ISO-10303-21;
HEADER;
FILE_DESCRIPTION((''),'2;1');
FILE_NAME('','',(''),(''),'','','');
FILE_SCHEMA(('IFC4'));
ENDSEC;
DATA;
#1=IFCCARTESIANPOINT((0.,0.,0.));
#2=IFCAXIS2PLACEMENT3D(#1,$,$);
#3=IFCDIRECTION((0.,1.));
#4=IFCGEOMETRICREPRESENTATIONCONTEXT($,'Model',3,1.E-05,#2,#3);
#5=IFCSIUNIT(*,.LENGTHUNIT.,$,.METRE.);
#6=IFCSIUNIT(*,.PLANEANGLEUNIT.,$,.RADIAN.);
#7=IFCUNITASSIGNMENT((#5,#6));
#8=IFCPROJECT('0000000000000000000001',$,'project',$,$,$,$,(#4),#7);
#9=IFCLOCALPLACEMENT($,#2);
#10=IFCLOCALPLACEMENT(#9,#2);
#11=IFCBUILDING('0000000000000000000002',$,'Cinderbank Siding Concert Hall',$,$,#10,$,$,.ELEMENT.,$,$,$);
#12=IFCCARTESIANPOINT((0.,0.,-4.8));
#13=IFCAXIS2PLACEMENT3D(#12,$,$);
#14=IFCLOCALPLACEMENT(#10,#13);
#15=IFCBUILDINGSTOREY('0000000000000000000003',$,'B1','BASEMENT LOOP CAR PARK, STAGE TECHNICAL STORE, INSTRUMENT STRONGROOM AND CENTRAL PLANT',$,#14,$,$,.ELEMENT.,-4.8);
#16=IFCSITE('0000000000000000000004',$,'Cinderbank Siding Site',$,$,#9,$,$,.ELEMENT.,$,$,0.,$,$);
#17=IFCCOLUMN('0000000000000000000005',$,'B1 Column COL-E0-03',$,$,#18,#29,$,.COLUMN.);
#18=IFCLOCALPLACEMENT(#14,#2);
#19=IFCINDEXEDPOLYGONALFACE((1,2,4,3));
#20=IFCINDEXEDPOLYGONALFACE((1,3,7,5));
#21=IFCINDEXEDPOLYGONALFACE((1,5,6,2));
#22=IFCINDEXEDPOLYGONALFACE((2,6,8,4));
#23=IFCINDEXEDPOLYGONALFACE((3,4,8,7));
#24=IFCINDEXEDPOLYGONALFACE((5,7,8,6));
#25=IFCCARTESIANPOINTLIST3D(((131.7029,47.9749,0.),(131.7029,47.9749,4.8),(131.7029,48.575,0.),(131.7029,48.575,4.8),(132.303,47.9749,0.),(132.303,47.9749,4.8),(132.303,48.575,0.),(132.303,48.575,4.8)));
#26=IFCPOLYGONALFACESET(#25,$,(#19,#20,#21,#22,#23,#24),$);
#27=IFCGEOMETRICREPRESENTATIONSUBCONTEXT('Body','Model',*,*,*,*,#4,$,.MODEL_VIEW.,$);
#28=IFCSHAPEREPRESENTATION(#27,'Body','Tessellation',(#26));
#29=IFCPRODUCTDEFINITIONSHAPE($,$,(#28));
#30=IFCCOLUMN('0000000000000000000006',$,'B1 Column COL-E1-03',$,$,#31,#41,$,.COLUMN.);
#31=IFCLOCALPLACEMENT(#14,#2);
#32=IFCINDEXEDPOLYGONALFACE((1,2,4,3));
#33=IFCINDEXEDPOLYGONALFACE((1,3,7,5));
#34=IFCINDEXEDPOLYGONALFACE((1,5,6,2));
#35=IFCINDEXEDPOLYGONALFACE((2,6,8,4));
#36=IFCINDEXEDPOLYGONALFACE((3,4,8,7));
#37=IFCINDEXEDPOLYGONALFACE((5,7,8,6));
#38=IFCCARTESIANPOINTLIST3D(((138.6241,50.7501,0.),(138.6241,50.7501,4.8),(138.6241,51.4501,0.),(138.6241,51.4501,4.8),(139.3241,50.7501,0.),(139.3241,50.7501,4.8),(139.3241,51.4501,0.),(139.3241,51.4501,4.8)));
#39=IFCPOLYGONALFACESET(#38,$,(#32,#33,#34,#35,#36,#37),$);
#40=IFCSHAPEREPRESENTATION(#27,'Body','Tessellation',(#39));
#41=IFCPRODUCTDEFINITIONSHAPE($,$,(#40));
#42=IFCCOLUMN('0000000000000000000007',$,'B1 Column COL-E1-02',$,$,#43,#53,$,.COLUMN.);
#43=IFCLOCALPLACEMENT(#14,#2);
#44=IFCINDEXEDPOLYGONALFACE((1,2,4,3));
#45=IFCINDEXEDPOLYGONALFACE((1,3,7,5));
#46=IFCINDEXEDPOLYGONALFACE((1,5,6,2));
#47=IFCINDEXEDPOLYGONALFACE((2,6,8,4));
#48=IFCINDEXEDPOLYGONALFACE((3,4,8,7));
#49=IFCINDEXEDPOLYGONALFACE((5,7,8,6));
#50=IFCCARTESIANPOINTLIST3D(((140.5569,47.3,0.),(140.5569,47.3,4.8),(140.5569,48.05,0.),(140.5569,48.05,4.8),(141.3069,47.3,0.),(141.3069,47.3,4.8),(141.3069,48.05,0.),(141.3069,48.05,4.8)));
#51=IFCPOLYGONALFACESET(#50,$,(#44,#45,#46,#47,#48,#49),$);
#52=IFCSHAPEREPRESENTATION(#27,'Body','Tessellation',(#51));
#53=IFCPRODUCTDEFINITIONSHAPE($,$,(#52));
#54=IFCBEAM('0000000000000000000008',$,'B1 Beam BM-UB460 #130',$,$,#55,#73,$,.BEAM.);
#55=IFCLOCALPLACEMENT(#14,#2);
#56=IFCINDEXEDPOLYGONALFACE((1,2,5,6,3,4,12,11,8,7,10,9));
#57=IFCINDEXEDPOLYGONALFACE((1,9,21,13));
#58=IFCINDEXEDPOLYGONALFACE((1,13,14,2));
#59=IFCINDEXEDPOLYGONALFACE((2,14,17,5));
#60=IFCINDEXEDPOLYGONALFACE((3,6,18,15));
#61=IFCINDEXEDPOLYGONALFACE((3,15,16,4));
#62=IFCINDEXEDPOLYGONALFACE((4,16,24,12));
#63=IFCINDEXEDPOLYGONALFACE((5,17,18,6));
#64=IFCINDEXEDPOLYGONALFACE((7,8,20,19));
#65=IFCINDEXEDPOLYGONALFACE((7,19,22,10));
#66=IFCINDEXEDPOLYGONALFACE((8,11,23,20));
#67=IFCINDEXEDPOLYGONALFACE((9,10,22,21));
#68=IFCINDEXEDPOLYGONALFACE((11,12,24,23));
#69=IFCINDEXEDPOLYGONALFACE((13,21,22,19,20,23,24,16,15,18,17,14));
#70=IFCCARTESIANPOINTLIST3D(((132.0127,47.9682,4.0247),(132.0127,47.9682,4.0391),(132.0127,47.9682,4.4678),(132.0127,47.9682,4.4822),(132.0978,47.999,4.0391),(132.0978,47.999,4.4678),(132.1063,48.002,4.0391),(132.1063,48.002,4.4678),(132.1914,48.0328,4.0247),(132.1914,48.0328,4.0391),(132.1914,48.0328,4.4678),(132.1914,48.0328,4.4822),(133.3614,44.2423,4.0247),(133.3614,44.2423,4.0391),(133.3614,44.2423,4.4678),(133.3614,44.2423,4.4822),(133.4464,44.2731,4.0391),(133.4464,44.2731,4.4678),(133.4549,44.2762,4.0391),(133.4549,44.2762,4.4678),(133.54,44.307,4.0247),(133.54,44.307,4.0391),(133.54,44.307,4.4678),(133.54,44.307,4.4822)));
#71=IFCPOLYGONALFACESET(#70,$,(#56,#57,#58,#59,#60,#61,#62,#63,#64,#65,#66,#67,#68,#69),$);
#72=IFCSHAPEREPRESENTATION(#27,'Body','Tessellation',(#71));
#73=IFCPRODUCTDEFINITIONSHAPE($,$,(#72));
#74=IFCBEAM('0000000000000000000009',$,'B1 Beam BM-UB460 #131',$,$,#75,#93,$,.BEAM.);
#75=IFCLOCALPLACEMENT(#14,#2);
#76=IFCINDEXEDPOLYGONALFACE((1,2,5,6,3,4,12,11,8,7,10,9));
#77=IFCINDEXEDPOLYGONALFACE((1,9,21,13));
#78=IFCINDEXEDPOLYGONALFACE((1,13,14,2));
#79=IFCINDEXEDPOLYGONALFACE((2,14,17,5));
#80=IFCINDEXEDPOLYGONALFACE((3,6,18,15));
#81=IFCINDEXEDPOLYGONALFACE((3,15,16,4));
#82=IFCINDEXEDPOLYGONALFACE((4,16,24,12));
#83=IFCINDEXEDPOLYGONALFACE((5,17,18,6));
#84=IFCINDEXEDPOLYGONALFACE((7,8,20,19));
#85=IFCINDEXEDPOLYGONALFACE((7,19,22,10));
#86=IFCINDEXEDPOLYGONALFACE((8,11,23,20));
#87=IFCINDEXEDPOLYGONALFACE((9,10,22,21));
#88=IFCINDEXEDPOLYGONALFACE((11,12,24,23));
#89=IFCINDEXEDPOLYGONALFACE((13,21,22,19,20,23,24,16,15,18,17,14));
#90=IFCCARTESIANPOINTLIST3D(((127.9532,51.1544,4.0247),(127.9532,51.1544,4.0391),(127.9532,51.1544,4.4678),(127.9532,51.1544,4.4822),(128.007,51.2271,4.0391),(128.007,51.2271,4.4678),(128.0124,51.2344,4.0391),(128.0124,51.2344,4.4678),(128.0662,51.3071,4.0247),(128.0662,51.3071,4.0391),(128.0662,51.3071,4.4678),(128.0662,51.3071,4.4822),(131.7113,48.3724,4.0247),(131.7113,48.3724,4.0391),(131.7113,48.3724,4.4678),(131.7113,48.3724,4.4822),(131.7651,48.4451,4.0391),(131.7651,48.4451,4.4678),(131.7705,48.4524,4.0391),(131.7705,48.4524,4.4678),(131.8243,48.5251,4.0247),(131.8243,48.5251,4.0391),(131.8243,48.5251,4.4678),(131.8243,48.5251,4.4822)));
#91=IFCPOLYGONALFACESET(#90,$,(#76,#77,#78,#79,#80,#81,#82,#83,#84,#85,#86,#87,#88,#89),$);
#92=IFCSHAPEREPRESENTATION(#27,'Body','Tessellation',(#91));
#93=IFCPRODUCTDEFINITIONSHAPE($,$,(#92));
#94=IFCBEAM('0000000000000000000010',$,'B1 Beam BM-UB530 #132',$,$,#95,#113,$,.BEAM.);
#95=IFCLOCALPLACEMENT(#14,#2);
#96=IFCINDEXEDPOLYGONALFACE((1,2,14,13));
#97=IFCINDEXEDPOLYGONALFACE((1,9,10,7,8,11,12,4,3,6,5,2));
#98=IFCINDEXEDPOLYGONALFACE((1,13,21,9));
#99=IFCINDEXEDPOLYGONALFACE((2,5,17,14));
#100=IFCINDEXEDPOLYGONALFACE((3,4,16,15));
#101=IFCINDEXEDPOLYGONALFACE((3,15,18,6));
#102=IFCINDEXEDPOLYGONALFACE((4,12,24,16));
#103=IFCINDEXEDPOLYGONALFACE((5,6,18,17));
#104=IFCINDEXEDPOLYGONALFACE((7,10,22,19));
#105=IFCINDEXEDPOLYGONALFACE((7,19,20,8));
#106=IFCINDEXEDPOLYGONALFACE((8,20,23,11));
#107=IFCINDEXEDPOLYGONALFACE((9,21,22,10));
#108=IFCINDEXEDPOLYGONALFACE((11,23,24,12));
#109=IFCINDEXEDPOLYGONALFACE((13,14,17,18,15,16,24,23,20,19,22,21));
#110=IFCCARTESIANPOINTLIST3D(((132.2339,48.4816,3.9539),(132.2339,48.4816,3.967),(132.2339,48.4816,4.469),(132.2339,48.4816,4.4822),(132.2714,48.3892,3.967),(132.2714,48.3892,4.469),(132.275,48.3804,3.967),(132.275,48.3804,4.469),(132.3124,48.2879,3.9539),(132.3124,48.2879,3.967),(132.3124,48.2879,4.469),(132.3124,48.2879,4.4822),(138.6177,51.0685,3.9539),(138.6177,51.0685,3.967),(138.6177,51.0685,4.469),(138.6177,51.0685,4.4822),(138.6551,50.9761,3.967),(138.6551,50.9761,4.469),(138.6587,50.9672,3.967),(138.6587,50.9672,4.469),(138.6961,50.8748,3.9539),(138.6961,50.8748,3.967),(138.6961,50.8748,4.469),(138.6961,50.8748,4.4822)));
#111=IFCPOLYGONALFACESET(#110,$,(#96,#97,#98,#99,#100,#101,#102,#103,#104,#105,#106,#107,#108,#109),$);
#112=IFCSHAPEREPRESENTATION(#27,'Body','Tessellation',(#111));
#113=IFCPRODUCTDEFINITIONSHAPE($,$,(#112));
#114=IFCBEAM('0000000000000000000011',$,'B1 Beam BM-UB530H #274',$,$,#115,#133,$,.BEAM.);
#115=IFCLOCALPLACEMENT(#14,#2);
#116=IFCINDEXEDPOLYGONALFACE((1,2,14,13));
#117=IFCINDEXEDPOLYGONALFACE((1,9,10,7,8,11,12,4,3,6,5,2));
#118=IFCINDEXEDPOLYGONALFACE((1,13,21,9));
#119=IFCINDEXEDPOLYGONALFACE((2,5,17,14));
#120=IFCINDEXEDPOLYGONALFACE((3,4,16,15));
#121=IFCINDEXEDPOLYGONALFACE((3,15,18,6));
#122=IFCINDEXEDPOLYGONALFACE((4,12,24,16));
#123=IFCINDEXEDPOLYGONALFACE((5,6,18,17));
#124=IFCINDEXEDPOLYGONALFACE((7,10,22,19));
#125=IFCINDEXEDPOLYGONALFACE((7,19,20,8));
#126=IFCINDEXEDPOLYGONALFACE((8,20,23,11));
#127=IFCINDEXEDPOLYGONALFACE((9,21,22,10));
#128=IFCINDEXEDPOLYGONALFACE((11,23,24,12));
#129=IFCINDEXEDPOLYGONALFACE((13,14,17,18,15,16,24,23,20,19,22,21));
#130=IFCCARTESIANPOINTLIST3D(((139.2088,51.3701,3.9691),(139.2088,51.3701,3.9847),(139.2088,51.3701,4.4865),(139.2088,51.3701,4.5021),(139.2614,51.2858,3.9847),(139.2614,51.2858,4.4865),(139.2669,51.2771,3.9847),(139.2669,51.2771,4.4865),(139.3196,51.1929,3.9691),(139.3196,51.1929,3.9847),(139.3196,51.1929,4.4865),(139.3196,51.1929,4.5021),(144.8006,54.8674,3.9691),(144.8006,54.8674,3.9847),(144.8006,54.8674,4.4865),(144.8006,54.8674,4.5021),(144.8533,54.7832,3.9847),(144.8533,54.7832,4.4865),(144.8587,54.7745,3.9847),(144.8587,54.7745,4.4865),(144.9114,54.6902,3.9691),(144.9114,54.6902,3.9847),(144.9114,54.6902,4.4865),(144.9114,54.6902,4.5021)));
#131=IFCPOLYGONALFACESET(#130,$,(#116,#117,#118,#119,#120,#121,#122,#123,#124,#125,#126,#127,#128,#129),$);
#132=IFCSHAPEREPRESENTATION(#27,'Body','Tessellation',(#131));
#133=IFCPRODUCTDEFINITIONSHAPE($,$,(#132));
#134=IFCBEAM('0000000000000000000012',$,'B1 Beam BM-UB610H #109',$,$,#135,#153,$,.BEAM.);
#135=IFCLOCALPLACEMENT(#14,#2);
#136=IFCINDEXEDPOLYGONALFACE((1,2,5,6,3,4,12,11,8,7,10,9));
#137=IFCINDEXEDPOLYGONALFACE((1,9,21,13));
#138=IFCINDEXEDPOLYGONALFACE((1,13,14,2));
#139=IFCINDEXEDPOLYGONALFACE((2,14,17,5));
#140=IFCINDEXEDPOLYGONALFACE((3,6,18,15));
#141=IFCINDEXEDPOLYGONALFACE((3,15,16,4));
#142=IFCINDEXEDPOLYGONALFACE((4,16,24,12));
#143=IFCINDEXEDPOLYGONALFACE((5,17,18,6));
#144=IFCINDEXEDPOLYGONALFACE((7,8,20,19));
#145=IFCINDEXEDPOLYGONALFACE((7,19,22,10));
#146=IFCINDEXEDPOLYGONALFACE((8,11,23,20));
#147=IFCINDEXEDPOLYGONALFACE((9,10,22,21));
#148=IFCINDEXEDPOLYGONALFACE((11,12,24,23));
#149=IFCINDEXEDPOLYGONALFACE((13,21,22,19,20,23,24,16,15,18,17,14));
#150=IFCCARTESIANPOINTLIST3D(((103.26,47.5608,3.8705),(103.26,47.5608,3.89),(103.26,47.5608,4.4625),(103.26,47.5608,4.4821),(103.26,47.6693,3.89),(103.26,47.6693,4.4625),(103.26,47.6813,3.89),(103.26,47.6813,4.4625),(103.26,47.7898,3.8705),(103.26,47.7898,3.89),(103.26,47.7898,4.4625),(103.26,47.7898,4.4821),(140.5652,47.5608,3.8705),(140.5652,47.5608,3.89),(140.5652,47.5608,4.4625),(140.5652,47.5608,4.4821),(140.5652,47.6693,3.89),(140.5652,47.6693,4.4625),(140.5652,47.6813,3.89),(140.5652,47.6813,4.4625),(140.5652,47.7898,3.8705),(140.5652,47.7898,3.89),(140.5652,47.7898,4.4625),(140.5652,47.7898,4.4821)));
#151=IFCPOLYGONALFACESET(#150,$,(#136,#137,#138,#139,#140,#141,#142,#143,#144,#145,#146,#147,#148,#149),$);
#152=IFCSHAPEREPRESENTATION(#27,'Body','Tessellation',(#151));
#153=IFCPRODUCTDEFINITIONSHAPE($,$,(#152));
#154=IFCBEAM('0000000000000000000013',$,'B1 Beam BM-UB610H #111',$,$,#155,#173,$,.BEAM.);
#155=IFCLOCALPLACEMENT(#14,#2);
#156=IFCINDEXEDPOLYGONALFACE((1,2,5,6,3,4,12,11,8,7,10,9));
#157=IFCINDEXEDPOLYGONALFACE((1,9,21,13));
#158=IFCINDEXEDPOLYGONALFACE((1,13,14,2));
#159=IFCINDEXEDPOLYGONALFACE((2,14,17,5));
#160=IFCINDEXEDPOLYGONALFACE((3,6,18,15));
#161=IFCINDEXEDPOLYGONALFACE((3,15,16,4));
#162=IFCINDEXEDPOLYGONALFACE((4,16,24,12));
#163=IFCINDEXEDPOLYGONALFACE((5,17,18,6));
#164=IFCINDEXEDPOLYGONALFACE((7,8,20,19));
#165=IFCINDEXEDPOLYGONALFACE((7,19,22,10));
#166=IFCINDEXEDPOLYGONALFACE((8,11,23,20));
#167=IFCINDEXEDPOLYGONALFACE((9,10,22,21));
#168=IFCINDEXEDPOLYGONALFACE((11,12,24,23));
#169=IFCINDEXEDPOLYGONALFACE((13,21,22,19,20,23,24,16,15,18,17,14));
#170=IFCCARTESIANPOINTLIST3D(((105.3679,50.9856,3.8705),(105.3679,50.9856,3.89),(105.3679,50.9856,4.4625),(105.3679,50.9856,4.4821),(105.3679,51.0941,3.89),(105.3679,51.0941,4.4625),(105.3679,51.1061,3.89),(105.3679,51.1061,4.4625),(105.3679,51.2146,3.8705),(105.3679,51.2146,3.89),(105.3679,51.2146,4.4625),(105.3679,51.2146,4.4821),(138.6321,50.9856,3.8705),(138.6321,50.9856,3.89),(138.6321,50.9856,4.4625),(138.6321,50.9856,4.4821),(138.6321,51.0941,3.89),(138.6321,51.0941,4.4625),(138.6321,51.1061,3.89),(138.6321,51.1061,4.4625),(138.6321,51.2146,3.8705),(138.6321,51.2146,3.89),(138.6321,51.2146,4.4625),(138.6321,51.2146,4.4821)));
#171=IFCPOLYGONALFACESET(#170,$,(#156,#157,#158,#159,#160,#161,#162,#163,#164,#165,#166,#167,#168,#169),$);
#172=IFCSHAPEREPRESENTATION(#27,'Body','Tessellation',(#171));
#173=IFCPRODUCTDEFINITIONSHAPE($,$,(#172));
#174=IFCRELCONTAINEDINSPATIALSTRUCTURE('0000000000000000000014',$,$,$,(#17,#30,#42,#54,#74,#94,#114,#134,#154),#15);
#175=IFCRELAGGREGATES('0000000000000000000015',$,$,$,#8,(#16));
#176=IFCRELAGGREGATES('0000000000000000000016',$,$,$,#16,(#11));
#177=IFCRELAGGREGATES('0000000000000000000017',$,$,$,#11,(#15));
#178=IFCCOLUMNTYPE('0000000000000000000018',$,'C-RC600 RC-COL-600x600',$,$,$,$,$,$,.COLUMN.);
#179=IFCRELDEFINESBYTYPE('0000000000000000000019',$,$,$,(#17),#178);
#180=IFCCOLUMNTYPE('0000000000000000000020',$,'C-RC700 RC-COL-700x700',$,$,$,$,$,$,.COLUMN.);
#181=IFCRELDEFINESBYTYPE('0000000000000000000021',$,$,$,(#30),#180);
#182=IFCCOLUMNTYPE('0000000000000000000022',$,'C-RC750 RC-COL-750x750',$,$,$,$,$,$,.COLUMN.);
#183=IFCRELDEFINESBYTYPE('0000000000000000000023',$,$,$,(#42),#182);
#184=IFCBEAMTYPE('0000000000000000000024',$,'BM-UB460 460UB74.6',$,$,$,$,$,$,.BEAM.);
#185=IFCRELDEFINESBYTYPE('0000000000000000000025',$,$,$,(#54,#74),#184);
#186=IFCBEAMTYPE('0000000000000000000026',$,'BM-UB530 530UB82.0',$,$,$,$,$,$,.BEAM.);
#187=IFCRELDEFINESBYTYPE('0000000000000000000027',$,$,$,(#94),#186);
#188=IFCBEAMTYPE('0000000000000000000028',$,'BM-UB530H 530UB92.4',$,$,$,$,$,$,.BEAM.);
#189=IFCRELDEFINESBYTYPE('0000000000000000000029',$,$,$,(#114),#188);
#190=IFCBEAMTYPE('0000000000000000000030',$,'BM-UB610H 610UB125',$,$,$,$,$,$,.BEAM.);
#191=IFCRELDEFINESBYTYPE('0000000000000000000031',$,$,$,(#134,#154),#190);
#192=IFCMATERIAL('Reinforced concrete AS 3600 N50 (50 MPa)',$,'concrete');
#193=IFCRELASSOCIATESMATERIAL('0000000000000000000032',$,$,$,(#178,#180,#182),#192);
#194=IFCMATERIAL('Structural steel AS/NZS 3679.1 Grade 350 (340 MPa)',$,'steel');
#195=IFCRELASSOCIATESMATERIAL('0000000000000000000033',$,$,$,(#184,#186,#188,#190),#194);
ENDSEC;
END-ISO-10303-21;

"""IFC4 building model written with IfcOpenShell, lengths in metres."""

from ifc_helpers import new_model, si_unit, direction, frame, origin, origin_2d, place, context, subcontext, project, spatial, rectangle, i_section, extrude, material, material_profile, profile_set, type_object, element, save


model = new_model("IFC4")

# Units and contexts
model_context = context("Model", 3, precision=1e-05, world=origin(), true_north=direction((0.0, 1.0)))
body_context = subcontext(model_context, "Body", "Model", "MODEL_VIEW")
ifc_project = project(units=[si_unit("LENGTHUNIT", "METRE"), si_unit("PLANEANGLEUNIT", "RADIAN")], contexts=[model_context])

# Site, building, storey
site_placement = place(None, origin())
site = spatial("IfcSite", under=ifc_project, at=site_placement, Name="Cinderbank Siding Site", CompositionType="ELEMENT", RefElevation=0.0)
building_placement = place(site_placement, origin())
building = spatial("IfcBuilding", under=site, at=building_placement, Name="Cinderbank Siding Concert Hall", CompositionType="ELEMENT")
storey_placement = place(building_placement, frame((0.0, 0.0, -4.8)))
storey = spatial("IfcBuildingStorey", under=building, at=storey_placement, Name="B1", Description="BASEMENT LOOP CAR PARK, STAGE TECHNICAL STORE, INSTRUMENT STRONGROOM AND CENTRAL PLANT", CompositionType="ELEMENT", Elevation=-4.8)

# Columns
ifc_material_1 = material(Name="Reinforced concrete AS 3600 N50 (50 MPa)", Category="concrete")
ifc_material_profile_1 = material_profile(ifc_material_1, rectangle(XDim=0.6001, YDim=0.6001, at=origin_2d()), Name="RC-COL-600x600", Category="LoadBearing")
ifc_profile_set_1 = profile_set([ifc_material_profile_1], Name="Reinforced concrete AS 3600 N50 (50 MPa)")
column_type_1 = type_object("IfcColumnType", Name="C-RC600 RC-COL-600x600", PredefinedType="COLUMN", material=ifc_profile_set_1)
column_1_placement = place(storey_placement, frame((132.0029, 48.2749, 0.0), z_axis=(0.0, 0.0, 1.0), x_axis=(1.0, 0.0, 0.0)))
element("IfcColumn", 1, at=column_1_placement, inside=storey, type_object=column_type_1, Name="B1 Column COL-E0-03", PredefinedType="COLUMN", context=body_context, shape_type="SweptSolid", body=[
    extrude(rectangle(XDim=0.6001, YDim=0.6001, at=origin_2d()), origin(), (0.0, 0.0, 1.0), 4.8),
])
ifc_material_profile_2 = material_profile(ifc_material_1, rectangle(XDim=0.7, YDim=0.7, at=origin_2d()), Name="RC-COL-700x700", Category="LoadBearing")
ifc_profile_set_2 = profile_set([ifc_material_profile_2], Name="Reinforced concrete AS 3600 N50 (50 MPa)")
column_type_2 = type_object("IfcColumnType", Name="C-RC700 RC-COL-700x700", PredefinedType="COLUMN", material=ifc_profile_set_2)
column_2_placement = place(storey_placement, frame((138.9741, 51.1001, 0.0), z_axis=(0.0, 0.0, 1.0), x_axis=(1.0, 0.0, 0.0)))
element("IfcColumn", 2, at=column_2_placement, inside=storey, type_object=column_type_2, Name="B1 Column COL-E1-03", PredefinedType="COLUMN", context=body_context, shape_type="SweptSolid", body=[
    extrude(rectangle(XDim=0.7, YDim=0.7, at=origin_2d()), origin(), (0.0, 0.0, 1.0), 4.8),
])
ifc_material_profile_3 = material_profile(ifc_material_1, rectangle(XDim=0.75, YDim=0.75, at=origin_2d()), Name="RC-COL-750x750", Category="LoadBearing")
ifc_profile_set_3 = profile_set([ifc_material_profile_3], Name="Reinforced concrete AS 3600 N50 (50 MPa)")
column_type_3 = type_object("IfcColumnType", Name="C-RC750 RC-COL-750x750", PredefinedType="COLUMN", material=ifc_profile_set_3)
column_3_placement = place(storey_placement, frame((140.9319, 47.675, 0.0), z_axis=(0.0, 0.0, 1.0), x_axis=(1.0, 0.0, 0.0)))
element("IfcColumn", 3, at=column_3_placement, inside=storey, type_object=column_type_3, Name="B1 Column COL-E1-02", PredefinedType="COLUMN", context=body_context, shape_type="SweptSolid", body=[
    extrude(rectangle(XDim=0.75, YDim=0.75, at=origin_2d()), origin(), (0.0, 0.0, 1.0), 4.8),
])

# Beams
ifc_material_2 = material(Name="Structural steel AS/NZS 3679.1 Grade 350 (340 MPa)", Category="steel")
ifc_material_profile_4 = material_profile(ifc_material_2, i_section(OverallWidth=0.1899, OverallDepth=0.4575, WebThickness=0.009, FlangeThickness=0.0144, at=origin_2d()), Name="460UB74.6", Category="LoadBearing")
ifc_profile_set_4 = profile_set([ifc_material_profile_4], Name="Structural steel AS/NZS 3679.1 Grade 350 (340 MPa)")
beam_type_1 = type_object("IfcBeamType", Name="BM-UB460 460UB74.6", PredefinedType="BEAM", material=ifc_profile_set_4)
beam_1_placement = place(storey_placement, frame((133.4507, 44.2747, 4.2534), z_axis=(-0.340357, 0.940296, 0.0), x_axis=(-0.940296, -0.340357, 0.0)))
element("IfcBeam", 4, at=beam_1_placement, inside=storey, type_object=beam_type_1, Name="B1 Beam BM-UB460 #130", PredefinedType="BEAM", context=body_context, shape_type="SweptSolid", body=[
    extrude(i_section(OverallWidth=0.1899, OverallDepth=0.4575, WebThickness=0.009, FlangeThickness=0.0144, at=origin_2d()), origin(), (0.0, 0.0, 1.0), 3.9624),
])
beam_2_placement = place(storey_placement, frame((131.7678, 48.4487, 4.2534), z_axis=(-0.803738, 0.594984, 0.0), x_axis=(-0.594984, -0.803738, 0.0)))
element("IfcBeam", 5, at=beam_2_placement, inside=storey, type_object=beam_type_1, Name="B1 Beam BM-UB460 #131", PredefinedType="BEAM", context=body_context, shape_type="SweptSolid", body=[
    extrude(i_section(OverallWidth=0.1899, OverallDepth=0.4575, WebThickness=0.009, FlangeThickness=0.0144, at=origin_2d()), origin(), (0.0, 0.0, 1.0), 4.6758),
])
ifc_material_profile_5 = material_profile(ifc_material_2, i_section(OverallWidth=0.209, OverallDepth=0.5283, WebThickness=0.0095, FlangeThickness=0.0132, at=origin_2d()), Name="530UB82.0", Category="LoadBearing")
ifc_profile_set_5 = profile_set([ifc_material_profile_5], Name="Structural steel AS/NZS 3679.1 Grade 350 (340 MPa)")
beam_type_2 = type_object("IfcBeamType", Name="BM-UB530 530UB82.0", PredefinedType="BEAM", material=ifc_profile_set_5)
beam_3_placement = place(storey_placement, frame((132.2732, 48.3848, 4.218), z_axis=(0.926795, 0.375567, 0.0), x_axis=(-0.375567, 0.926795, 0.0)))
element("IfcBeam", 6, at=beam_3_placement, inside=storey, type_object=beam_type_2, Name="B1 Beam BM-UB530 #132", PredefinedType="BEAM", context=body_context, shape_type="SweptSolid", body=[
    extrude(i_section(OverallWidth=0.209, OverallDepth=0.5283, WebThickness=0.0095, FlangeThickness=0.0132, at=origin_2d()), origin(), (0.0, 0.0, 1.0), 6.8879),
])
ifc_material_profile_6 = material_profile(ifc_material_2, i_section(OverallWidth=0.209, OverallDepth=0.533, WebThickness=0.0103, FlangeThickness=0.0156, at=origin_2d()), Name="530UB92.4", Category="LoadBearing")
ifc_profile_set_6 = profile_set([ifc_material_profile_6], Name="Structural steel AS/NZS 3679.1 Grade 350 (340 MPa)")
beam_type_3 = type_object("IfcBeamType", Name="BM-UB530H 530UB92.4", PredefinedType="BEAM", material=ifc_profile_set_6)
beam_4_placement = place(storey_placement, frame((139.2642, 51.2815, 4.2356), z_axis=(0.847832, 0.530265, 0.0), x_axis=(-0.530265, 0.847832, 0.0)))
element("IfcBeam", 7, at=beam_4_placement, inside=storey, type_object=beam_type_3, Name="B1 Beam BM-UB530H #274", PredefinedType="BEAM", context=body_context, shape_type="SweptSolid", body=[
    extrude(i_section(OverallWidth=0.209, OverallDepth=0.533, WebThickness=0.0103, FlangeThickness=0.0156, at=origin_2d()), origin(), (0.0, 0.0, 1.0), 6.5955),
])
ifc_material_profile_7 = material_profile(ifc_material_2, i_section(OverallWidth=0.229, OverallDepth=0.6116, WebThickness=0.012, FlangeThickness=0.0195, at=origin_2d()), Name="610UB125", Category="LoadBearing")
ifc_profile_set_7 = profile_set([ifc_material_profile_7], Name="Structural steel AS/NZS 3679.1 Grade 350 (340 MPa)")
beam_type_4 = type_object("IfcBeamType", Name="BM-UB610H 610UB125", PredefinedType="BEAM", material=ifc_profile_set_7)
beam_5_placement = place(storey_placement, frame((140.5652, 47.6753, 4.1763), z_axis=(-1.0, 0.0, 0.0), x_axis=(0.0, -1.0, 0.0)))
element("IfcBeam", 8, at=beam_5_placement, inside=storey, type_object=beam_type_4, Name="B1 Beam BM-UB610H #109", PredefinedType="BEAM", context=body_context, shape_type="SweptSolid", body=[
    extrude(i_section(OverallWidth=0.229, OverallDepth=0.6116, WebThickness=0.012, FlangeThickness=0.0195, at=origin_2d()), origin(), (0.0, 0.0, 1.0), 37.3052),
])
beam_6_placement = place(storey_placement, frame((138.6321, 51.1001, 4.1763), z_axis=(-1.0, 0.0, 0.0), x_axis=(0.0, -1.0, 0.0)))
element("IfcBeam", 9, at=beam_6_placement, inside=storey, type_object=beam_type_4, Name="B1 Beam BM-UB610H #111", PredefinedType="BEAM", context=body_context, shape_type="SweptSolid", body=[
    extrude(i_section(OverallWidth=0.229, OverallDepth=0.6116, WebThickness=0.012, FlangeThickness=0.0195, at=origin_2d()), origin(), (0.0, 0.0, 1.0), 33.2642),
])

save(model, "model.ifc")
